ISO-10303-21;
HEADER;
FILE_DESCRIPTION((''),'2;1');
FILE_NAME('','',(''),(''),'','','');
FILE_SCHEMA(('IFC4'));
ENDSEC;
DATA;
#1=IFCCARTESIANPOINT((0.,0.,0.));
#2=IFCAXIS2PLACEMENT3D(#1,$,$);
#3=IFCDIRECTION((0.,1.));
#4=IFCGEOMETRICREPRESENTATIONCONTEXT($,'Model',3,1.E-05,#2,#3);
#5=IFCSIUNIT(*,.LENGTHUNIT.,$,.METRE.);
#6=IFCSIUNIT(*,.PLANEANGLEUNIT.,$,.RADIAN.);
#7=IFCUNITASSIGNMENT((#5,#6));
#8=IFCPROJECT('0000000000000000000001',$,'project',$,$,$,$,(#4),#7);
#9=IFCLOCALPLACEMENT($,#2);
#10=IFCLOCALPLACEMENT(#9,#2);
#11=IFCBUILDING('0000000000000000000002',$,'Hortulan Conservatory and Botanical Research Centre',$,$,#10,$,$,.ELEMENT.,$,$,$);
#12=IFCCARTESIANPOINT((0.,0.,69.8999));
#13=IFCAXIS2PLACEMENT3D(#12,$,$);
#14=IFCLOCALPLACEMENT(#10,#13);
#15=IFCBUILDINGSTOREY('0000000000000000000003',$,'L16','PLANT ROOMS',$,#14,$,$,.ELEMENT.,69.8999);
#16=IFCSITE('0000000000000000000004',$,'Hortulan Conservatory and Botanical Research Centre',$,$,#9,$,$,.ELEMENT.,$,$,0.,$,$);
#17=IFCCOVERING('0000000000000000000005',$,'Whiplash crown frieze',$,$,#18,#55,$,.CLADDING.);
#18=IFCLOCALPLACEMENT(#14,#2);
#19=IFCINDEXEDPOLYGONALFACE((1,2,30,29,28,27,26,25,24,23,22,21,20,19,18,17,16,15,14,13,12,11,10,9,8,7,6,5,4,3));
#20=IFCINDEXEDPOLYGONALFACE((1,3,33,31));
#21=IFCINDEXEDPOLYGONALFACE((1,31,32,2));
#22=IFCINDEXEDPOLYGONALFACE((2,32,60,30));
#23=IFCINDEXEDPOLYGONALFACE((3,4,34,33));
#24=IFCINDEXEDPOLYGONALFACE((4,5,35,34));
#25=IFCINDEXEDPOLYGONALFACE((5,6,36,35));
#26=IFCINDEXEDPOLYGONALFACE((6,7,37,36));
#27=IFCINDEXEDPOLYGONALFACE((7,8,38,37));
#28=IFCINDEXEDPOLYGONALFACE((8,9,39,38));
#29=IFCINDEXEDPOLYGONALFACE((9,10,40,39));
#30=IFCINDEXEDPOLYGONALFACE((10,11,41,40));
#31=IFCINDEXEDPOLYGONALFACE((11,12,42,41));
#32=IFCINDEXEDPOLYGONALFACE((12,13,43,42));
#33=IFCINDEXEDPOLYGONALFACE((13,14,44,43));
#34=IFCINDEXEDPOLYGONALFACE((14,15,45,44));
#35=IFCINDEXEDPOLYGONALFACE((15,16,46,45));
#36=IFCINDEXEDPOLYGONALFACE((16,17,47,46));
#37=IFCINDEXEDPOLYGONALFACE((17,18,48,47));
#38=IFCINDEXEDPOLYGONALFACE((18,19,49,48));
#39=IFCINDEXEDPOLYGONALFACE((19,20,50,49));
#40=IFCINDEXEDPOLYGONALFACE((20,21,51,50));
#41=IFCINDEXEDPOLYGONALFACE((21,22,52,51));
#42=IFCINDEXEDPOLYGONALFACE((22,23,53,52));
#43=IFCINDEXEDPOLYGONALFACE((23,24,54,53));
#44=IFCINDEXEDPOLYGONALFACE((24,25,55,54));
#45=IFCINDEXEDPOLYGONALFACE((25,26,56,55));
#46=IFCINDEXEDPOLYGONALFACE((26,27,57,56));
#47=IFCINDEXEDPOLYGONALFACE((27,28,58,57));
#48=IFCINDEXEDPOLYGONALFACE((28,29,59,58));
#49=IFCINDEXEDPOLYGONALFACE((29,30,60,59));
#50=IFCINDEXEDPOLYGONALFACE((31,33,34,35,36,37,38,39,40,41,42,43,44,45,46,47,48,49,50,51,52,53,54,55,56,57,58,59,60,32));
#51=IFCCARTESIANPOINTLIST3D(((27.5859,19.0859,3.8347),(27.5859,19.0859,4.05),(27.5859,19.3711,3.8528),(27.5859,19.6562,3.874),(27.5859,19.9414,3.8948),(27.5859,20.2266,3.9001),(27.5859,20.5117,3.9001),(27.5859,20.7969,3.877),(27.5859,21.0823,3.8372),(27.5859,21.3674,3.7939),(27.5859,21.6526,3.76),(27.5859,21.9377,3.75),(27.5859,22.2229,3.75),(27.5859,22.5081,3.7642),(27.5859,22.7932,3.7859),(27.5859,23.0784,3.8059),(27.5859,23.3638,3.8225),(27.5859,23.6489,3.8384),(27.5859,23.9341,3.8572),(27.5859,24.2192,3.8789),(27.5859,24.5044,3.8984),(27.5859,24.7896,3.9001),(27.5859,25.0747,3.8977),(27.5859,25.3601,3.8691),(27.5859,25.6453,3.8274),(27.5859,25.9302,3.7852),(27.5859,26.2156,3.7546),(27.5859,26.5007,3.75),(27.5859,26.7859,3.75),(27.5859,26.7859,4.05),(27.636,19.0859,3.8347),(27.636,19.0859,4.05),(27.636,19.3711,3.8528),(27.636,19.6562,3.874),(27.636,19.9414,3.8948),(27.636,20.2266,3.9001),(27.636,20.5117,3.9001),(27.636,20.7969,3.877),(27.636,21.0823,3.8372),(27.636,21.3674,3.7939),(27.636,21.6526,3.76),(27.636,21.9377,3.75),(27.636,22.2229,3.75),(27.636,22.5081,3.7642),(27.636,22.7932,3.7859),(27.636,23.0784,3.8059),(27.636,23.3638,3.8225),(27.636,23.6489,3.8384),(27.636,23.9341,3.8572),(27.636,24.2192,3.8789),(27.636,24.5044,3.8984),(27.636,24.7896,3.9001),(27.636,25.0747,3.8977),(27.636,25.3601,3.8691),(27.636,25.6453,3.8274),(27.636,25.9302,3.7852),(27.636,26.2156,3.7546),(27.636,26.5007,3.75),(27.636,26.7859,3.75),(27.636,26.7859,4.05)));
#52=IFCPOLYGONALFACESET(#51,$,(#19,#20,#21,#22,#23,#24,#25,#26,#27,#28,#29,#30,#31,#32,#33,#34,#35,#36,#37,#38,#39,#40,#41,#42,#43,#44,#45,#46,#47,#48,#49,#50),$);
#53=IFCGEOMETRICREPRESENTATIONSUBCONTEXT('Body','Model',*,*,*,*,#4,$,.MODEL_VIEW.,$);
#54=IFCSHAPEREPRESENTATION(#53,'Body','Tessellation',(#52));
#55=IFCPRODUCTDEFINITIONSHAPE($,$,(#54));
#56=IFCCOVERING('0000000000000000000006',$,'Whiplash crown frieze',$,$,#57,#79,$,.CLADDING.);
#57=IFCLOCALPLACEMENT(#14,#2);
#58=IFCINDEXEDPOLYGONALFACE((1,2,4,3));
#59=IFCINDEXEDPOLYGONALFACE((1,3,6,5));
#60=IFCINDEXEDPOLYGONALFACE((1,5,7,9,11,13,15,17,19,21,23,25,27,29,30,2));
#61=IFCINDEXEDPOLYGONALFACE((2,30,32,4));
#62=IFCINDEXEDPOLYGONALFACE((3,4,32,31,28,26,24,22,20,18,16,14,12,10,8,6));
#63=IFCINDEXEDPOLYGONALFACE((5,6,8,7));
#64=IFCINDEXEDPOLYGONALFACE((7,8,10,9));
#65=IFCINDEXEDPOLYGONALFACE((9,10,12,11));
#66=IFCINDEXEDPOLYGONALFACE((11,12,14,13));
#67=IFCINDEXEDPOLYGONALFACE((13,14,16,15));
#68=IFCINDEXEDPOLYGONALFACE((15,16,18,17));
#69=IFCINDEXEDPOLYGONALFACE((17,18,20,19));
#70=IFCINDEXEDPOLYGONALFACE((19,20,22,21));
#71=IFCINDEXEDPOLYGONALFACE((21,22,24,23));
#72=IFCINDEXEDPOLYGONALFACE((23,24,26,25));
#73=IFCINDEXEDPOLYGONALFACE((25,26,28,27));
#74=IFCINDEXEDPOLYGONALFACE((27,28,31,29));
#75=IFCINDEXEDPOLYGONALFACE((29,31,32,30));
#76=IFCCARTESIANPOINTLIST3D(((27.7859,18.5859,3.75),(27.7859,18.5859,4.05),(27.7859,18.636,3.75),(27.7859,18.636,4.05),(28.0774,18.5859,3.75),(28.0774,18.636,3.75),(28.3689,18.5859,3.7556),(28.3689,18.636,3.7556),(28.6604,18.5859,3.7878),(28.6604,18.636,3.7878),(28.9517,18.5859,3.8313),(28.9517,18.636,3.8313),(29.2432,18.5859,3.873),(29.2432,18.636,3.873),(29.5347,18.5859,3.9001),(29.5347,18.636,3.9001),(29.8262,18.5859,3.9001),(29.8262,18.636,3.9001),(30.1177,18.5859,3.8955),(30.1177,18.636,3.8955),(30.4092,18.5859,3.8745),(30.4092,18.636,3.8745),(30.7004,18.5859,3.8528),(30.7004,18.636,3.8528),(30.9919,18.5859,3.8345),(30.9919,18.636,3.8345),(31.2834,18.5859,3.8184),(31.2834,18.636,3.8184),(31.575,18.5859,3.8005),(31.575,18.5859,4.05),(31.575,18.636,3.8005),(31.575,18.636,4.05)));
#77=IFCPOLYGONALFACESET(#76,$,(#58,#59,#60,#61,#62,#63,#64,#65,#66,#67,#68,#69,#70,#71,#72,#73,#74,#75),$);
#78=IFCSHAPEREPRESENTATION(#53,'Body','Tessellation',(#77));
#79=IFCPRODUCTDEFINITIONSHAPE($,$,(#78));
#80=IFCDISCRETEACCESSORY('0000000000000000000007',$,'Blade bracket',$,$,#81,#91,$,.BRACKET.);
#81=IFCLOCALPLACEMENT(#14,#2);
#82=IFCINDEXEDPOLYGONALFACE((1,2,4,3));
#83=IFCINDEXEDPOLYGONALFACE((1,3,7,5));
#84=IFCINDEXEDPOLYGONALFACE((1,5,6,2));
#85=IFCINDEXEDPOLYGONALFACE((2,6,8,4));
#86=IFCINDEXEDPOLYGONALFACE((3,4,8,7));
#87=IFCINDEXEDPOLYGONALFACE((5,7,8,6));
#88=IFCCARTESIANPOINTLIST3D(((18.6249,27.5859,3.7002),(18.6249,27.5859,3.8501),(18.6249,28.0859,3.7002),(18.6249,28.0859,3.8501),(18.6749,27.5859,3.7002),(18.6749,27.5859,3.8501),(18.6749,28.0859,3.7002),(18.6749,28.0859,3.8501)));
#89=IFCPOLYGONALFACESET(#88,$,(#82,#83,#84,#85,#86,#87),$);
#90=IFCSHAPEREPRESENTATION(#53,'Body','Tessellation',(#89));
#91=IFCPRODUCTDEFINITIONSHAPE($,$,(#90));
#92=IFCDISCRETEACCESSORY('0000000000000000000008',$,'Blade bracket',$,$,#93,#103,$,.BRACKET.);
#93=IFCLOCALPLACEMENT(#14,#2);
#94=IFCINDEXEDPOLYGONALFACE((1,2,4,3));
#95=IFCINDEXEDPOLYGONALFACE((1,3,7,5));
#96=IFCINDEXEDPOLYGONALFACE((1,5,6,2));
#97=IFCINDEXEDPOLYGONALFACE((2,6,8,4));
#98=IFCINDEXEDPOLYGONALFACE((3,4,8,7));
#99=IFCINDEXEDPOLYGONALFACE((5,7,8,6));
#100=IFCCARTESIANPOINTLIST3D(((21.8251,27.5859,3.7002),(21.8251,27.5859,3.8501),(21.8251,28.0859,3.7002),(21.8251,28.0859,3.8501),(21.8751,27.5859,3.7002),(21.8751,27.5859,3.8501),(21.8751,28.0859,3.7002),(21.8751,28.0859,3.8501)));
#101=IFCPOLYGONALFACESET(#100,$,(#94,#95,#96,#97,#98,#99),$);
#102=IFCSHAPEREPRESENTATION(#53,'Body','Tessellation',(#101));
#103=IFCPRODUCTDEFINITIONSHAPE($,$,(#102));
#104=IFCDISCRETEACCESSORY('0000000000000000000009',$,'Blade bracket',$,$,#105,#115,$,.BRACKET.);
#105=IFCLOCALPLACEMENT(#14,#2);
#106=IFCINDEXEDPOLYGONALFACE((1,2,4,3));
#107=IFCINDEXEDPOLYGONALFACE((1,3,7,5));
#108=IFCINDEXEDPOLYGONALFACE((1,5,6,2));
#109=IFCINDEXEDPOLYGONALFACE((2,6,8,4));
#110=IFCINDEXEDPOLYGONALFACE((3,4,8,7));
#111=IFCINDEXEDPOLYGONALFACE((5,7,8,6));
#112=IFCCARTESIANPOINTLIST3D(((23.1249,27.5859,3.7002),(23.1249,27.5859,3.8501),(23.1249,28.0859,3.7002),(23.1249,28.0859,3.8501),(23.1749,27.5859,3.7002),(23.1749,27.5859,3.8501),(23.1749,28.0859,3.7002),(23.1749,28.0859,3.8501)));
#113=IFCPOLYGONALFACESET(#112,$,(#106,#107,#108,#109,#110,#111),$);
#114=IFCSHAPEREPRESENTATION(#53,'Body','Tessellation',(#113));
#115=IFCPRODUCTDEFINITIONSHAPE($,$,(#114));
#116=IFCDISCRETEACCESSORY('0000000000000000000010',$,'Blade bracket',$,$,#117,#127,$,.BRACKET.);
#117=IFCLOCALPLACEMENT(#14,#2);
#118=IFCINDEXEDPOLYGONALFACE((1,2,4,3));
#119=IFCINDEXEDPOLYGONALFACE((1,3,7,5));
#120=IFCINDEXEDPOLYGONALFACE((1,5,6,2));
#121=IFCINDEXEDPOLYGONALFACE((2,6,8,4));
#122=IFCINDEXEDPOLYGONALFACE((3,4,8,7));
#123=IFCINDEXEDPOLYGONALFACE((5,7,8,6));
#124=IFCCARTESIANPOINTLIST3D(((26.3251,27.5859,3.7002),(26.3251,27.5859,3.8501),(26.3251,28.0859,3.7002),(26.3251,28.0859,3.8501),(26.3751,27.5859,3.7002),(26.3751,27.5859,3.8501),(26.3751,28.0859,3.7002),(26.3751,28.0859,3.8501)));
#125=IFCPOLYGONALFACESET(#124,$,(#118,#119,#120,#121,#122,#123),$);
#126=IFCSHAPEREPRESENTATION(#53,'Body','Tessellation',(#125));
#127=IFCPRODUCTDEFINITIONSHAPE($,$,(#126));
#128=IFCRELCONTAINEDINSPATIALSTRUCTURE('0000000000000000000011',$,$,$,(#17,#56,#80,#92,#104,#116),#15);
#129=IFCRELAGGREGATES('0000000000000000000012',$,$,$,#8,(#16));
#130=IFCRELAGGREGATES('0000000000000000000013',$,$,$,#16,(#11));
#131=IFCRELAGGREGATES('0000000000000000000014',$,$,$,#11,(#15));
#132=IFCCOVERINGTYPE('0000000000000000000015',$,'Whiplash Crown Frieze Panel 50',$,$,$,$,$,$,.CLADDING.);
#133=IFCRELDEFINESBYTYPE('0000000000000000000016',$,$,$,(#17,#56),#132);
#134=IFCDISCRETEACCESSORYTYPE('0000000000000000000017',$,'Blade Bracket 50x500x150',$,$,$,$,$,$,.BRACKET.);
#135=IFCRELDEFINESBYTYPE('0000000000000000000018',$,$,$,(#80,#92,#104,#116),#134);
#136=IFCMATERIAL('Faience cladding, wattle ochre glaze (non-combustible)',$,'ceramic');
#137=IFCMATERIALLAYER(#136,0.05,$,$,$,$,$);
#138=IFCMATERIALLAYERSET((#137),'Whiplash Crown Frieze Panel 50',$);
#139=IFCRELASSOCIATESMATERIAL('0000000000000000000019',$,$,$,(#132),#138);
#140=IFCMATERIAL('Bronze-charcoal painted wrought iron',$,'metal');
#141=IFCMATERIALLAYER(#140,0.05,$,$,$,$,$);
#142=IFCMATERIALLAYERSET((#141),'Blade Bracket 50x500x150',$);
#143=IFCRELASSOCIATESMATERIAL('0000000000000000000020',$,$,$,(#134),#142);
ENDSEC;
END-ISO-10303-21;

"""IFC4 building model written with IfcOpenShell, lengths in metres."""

from ifc_helpers import new_model, si_unit, direction, frame, origin, origin_2d, place, context, subcontext, project, spatial, polyline, rectangle, outline, extrude, material, layer, layer_set, type_object, element, save


model = new_model("IFC4")

# Units and contexts
model_context = context("Model", 3, precision=1e-05, world=origin(), true_north=direction((0.0, 1.0)))
body_context = subcontext(model_context, "Body", "Model", "MODEL_VIEW")
ifc_project = project(units=[si_unit("LENGTHUNIT", "METRE"), si_unit("PLANEANGLEUNIT", "RADIAN")], contexts=[model_context])

# Site, building, storey
site_placement = place(None, origin())
site = spatial("IfcSite", under=ifc_project, at=site_placement, Name="Hortulan Conservatory and Botanical Research Centre", CompositionType="ELEMENT", RefElevation=0.0)
building_placement = place(site_placement, origin())
building = spatial("IfcBuilding", under=site, at=building_placement, Name="Hortulan Conservatory and Botanical Research Centre", CompositionType="ELEMENT")
storey_placement = place(building_placement, frame((0.0, 0.0, 69.8999)))
storey = spatial("IfcBuildingStorey", under=building, at=storey_placement, Name="L16", Description="PLANT ROOMS", CompositionType="ELEMENT", Elevation=69.8999)

# Coverings
ifc_material_1 = material(Name="Faience cladding, wattle ochre glaze (non-combustible)", Category="ceramic")
ifc_layer_1 = layer(ifc_material_1, 0.05)
ifc_layer_set_1 = layer_set([ifc_layer_1], Name="Whiplash Crown Frieze Panel 50")
covering_type_1 = type_object("IfcCoveringType", Name="Whiplash Crown Frieze Panel 50", PredefinedType="CLADDING", material=ifc_layer_set_1)
covering_1_placement = place(storey_placement, frame((27.6111, 26.7859, 3.75), z_axis=(0.0, 0.0, 1.0), x_axis=(0.0, -1.0, 0.0)))
element("IfcCovering", 1, at=covering_1_placement, inside=storey, type_object=covering_type_1, Name="Whiplash crown frieze", PredefinedType="CLADDING", context=body_context, shape_type="SweptSolid", body=[
    extrude(outline(polyline([(0.0, 0.0), (0.2852, 0.0), (0.5703, 0.0046), (0.8557, 0.0352), (1.1406, 0.0774), (1.4258, 0.1191), (1.7112, 0.1477), (1.9963, 0.1501), (2.2815, 0.1484), (2.5667, 0.1289), (2.8518, 0.1072), (3.137, 0.0884), (3.4221, 0.0725), (3.7075, 0.0559), (3.9927, 0.0359), (4.2778, 0.0142), (4.563, 0.0), (4.8481, 0.0), (5.1333, 0.01), (5.4185, 0.0439), (5.7036, 0.0872), (5.989, 0.127), (6.2742, 0.1501), (6.5593, 0.1501), (6.8445, 0.1448), (7.1296, 0.124), (7.4148, 0.1028), (7.7, 0.0847), (7.7, 0.3), (0.0, 0.3), (0.0, 0.0)])), frame((0.0, 0.0249, 0.0), z_axis=(0.0, -1.0, 0.0), x_axis=(1.0, 0.0, 0.0)), (0.0, 0.0, 1.0), 0.05),
])
covering_2_placement = place(storey_placement, frame((27.7859, 18.6111, 3.75), z_axis=(0.0, 0.0, 1.0), x_axis=(1.0, 0.0, 0.0)))
element("IfcCovering", 2, at=covering_2_placement, inside=storey, type_object=covering_type_1, Name="Whiplash crown frieze", PredefinedType="CLADDING", context=body_context, shape_type="SweptSolid", body=[
    extrude(outline(polyline([(0.0, 0.0), (0.2915, 0.0), (0.583, 0.0056), (0.8745, 0.0378), (1.1658, 0.0813), (1.4573, 0.123), (1.7488, 0.1501), (2.0403, 0.1501), (2.3318, 0.1455), (2.6233, 0.1245), (2.9146, 0.1028), (3.2061, 0.0845), (3.4976, 0.0684), (3.7891, 0.0505), (3.7891, 0.3), (0.0, 0.3), (0.0, 0.0)])), frame((0.0, 0.0249, 0.0), z_axis=(0.0, -1.0, 0.0), x_axis=(1.0, 0.0, 0.0)), (0.0, 0.0, 1.0), 0.05),
])

# Discrete accessories
ifc_material_2 = material(Name="Bronze-charcoal painted wrought iron", Category="metal")
ifc_layer_2 = layer(ifc_material_2, 0.05)
ifc_layer_set_2 = layer_set([ifc_layer_2], Name="Blade Bracket 50x500x150")
discrete_accessory_type = type_object("IfcDiscreteAccessoryType", Name="Blade Bracket 50x500x150", PredefinedType="BRACKET", material=ifc_layer_set_2)
for number, where, z_axis, x_axis, name in (
    (3, (18.6499, 27.8359, 3.7002), (0.0, 0.0, 1.0), (1.0, 0.0, 0.0), "Blade bracket"),
    (4, (21.8501, 27.8359, 3.7002), (0.0, 0.0, 1.0), (1.0, 0.0, 0.0), "Blade bracket"),
    (5, (23.1499, 27.8359, 3.7002), (0.0, 0.0, 1.0), (1.0, 0.0, 0.0), "Blade bracket"),
    (6, (26.3501, 27.8359, 3.7002), (0.0, 0.0, 1.0), (1.0, 0.0, 0.0), "Blade bracket"),
):
    element("IfcDiscreteAccessory", number, at=place(storey_placement, frame(where, z_axis=z_axis, x_axis=x_axis)), inside=storey, type_object=discrete_accessory_type, Name=name, PredefinedType="BRACKET", context=body_context, shape_type="SweptSolid", body=[
        extrude(rectangle(XDim=0.05, YDim=0.5, at=origin_2d()), origin(), (0.0, 0.0, 1.0), 0.1499),
    ])

save(model, "model.ifc")
